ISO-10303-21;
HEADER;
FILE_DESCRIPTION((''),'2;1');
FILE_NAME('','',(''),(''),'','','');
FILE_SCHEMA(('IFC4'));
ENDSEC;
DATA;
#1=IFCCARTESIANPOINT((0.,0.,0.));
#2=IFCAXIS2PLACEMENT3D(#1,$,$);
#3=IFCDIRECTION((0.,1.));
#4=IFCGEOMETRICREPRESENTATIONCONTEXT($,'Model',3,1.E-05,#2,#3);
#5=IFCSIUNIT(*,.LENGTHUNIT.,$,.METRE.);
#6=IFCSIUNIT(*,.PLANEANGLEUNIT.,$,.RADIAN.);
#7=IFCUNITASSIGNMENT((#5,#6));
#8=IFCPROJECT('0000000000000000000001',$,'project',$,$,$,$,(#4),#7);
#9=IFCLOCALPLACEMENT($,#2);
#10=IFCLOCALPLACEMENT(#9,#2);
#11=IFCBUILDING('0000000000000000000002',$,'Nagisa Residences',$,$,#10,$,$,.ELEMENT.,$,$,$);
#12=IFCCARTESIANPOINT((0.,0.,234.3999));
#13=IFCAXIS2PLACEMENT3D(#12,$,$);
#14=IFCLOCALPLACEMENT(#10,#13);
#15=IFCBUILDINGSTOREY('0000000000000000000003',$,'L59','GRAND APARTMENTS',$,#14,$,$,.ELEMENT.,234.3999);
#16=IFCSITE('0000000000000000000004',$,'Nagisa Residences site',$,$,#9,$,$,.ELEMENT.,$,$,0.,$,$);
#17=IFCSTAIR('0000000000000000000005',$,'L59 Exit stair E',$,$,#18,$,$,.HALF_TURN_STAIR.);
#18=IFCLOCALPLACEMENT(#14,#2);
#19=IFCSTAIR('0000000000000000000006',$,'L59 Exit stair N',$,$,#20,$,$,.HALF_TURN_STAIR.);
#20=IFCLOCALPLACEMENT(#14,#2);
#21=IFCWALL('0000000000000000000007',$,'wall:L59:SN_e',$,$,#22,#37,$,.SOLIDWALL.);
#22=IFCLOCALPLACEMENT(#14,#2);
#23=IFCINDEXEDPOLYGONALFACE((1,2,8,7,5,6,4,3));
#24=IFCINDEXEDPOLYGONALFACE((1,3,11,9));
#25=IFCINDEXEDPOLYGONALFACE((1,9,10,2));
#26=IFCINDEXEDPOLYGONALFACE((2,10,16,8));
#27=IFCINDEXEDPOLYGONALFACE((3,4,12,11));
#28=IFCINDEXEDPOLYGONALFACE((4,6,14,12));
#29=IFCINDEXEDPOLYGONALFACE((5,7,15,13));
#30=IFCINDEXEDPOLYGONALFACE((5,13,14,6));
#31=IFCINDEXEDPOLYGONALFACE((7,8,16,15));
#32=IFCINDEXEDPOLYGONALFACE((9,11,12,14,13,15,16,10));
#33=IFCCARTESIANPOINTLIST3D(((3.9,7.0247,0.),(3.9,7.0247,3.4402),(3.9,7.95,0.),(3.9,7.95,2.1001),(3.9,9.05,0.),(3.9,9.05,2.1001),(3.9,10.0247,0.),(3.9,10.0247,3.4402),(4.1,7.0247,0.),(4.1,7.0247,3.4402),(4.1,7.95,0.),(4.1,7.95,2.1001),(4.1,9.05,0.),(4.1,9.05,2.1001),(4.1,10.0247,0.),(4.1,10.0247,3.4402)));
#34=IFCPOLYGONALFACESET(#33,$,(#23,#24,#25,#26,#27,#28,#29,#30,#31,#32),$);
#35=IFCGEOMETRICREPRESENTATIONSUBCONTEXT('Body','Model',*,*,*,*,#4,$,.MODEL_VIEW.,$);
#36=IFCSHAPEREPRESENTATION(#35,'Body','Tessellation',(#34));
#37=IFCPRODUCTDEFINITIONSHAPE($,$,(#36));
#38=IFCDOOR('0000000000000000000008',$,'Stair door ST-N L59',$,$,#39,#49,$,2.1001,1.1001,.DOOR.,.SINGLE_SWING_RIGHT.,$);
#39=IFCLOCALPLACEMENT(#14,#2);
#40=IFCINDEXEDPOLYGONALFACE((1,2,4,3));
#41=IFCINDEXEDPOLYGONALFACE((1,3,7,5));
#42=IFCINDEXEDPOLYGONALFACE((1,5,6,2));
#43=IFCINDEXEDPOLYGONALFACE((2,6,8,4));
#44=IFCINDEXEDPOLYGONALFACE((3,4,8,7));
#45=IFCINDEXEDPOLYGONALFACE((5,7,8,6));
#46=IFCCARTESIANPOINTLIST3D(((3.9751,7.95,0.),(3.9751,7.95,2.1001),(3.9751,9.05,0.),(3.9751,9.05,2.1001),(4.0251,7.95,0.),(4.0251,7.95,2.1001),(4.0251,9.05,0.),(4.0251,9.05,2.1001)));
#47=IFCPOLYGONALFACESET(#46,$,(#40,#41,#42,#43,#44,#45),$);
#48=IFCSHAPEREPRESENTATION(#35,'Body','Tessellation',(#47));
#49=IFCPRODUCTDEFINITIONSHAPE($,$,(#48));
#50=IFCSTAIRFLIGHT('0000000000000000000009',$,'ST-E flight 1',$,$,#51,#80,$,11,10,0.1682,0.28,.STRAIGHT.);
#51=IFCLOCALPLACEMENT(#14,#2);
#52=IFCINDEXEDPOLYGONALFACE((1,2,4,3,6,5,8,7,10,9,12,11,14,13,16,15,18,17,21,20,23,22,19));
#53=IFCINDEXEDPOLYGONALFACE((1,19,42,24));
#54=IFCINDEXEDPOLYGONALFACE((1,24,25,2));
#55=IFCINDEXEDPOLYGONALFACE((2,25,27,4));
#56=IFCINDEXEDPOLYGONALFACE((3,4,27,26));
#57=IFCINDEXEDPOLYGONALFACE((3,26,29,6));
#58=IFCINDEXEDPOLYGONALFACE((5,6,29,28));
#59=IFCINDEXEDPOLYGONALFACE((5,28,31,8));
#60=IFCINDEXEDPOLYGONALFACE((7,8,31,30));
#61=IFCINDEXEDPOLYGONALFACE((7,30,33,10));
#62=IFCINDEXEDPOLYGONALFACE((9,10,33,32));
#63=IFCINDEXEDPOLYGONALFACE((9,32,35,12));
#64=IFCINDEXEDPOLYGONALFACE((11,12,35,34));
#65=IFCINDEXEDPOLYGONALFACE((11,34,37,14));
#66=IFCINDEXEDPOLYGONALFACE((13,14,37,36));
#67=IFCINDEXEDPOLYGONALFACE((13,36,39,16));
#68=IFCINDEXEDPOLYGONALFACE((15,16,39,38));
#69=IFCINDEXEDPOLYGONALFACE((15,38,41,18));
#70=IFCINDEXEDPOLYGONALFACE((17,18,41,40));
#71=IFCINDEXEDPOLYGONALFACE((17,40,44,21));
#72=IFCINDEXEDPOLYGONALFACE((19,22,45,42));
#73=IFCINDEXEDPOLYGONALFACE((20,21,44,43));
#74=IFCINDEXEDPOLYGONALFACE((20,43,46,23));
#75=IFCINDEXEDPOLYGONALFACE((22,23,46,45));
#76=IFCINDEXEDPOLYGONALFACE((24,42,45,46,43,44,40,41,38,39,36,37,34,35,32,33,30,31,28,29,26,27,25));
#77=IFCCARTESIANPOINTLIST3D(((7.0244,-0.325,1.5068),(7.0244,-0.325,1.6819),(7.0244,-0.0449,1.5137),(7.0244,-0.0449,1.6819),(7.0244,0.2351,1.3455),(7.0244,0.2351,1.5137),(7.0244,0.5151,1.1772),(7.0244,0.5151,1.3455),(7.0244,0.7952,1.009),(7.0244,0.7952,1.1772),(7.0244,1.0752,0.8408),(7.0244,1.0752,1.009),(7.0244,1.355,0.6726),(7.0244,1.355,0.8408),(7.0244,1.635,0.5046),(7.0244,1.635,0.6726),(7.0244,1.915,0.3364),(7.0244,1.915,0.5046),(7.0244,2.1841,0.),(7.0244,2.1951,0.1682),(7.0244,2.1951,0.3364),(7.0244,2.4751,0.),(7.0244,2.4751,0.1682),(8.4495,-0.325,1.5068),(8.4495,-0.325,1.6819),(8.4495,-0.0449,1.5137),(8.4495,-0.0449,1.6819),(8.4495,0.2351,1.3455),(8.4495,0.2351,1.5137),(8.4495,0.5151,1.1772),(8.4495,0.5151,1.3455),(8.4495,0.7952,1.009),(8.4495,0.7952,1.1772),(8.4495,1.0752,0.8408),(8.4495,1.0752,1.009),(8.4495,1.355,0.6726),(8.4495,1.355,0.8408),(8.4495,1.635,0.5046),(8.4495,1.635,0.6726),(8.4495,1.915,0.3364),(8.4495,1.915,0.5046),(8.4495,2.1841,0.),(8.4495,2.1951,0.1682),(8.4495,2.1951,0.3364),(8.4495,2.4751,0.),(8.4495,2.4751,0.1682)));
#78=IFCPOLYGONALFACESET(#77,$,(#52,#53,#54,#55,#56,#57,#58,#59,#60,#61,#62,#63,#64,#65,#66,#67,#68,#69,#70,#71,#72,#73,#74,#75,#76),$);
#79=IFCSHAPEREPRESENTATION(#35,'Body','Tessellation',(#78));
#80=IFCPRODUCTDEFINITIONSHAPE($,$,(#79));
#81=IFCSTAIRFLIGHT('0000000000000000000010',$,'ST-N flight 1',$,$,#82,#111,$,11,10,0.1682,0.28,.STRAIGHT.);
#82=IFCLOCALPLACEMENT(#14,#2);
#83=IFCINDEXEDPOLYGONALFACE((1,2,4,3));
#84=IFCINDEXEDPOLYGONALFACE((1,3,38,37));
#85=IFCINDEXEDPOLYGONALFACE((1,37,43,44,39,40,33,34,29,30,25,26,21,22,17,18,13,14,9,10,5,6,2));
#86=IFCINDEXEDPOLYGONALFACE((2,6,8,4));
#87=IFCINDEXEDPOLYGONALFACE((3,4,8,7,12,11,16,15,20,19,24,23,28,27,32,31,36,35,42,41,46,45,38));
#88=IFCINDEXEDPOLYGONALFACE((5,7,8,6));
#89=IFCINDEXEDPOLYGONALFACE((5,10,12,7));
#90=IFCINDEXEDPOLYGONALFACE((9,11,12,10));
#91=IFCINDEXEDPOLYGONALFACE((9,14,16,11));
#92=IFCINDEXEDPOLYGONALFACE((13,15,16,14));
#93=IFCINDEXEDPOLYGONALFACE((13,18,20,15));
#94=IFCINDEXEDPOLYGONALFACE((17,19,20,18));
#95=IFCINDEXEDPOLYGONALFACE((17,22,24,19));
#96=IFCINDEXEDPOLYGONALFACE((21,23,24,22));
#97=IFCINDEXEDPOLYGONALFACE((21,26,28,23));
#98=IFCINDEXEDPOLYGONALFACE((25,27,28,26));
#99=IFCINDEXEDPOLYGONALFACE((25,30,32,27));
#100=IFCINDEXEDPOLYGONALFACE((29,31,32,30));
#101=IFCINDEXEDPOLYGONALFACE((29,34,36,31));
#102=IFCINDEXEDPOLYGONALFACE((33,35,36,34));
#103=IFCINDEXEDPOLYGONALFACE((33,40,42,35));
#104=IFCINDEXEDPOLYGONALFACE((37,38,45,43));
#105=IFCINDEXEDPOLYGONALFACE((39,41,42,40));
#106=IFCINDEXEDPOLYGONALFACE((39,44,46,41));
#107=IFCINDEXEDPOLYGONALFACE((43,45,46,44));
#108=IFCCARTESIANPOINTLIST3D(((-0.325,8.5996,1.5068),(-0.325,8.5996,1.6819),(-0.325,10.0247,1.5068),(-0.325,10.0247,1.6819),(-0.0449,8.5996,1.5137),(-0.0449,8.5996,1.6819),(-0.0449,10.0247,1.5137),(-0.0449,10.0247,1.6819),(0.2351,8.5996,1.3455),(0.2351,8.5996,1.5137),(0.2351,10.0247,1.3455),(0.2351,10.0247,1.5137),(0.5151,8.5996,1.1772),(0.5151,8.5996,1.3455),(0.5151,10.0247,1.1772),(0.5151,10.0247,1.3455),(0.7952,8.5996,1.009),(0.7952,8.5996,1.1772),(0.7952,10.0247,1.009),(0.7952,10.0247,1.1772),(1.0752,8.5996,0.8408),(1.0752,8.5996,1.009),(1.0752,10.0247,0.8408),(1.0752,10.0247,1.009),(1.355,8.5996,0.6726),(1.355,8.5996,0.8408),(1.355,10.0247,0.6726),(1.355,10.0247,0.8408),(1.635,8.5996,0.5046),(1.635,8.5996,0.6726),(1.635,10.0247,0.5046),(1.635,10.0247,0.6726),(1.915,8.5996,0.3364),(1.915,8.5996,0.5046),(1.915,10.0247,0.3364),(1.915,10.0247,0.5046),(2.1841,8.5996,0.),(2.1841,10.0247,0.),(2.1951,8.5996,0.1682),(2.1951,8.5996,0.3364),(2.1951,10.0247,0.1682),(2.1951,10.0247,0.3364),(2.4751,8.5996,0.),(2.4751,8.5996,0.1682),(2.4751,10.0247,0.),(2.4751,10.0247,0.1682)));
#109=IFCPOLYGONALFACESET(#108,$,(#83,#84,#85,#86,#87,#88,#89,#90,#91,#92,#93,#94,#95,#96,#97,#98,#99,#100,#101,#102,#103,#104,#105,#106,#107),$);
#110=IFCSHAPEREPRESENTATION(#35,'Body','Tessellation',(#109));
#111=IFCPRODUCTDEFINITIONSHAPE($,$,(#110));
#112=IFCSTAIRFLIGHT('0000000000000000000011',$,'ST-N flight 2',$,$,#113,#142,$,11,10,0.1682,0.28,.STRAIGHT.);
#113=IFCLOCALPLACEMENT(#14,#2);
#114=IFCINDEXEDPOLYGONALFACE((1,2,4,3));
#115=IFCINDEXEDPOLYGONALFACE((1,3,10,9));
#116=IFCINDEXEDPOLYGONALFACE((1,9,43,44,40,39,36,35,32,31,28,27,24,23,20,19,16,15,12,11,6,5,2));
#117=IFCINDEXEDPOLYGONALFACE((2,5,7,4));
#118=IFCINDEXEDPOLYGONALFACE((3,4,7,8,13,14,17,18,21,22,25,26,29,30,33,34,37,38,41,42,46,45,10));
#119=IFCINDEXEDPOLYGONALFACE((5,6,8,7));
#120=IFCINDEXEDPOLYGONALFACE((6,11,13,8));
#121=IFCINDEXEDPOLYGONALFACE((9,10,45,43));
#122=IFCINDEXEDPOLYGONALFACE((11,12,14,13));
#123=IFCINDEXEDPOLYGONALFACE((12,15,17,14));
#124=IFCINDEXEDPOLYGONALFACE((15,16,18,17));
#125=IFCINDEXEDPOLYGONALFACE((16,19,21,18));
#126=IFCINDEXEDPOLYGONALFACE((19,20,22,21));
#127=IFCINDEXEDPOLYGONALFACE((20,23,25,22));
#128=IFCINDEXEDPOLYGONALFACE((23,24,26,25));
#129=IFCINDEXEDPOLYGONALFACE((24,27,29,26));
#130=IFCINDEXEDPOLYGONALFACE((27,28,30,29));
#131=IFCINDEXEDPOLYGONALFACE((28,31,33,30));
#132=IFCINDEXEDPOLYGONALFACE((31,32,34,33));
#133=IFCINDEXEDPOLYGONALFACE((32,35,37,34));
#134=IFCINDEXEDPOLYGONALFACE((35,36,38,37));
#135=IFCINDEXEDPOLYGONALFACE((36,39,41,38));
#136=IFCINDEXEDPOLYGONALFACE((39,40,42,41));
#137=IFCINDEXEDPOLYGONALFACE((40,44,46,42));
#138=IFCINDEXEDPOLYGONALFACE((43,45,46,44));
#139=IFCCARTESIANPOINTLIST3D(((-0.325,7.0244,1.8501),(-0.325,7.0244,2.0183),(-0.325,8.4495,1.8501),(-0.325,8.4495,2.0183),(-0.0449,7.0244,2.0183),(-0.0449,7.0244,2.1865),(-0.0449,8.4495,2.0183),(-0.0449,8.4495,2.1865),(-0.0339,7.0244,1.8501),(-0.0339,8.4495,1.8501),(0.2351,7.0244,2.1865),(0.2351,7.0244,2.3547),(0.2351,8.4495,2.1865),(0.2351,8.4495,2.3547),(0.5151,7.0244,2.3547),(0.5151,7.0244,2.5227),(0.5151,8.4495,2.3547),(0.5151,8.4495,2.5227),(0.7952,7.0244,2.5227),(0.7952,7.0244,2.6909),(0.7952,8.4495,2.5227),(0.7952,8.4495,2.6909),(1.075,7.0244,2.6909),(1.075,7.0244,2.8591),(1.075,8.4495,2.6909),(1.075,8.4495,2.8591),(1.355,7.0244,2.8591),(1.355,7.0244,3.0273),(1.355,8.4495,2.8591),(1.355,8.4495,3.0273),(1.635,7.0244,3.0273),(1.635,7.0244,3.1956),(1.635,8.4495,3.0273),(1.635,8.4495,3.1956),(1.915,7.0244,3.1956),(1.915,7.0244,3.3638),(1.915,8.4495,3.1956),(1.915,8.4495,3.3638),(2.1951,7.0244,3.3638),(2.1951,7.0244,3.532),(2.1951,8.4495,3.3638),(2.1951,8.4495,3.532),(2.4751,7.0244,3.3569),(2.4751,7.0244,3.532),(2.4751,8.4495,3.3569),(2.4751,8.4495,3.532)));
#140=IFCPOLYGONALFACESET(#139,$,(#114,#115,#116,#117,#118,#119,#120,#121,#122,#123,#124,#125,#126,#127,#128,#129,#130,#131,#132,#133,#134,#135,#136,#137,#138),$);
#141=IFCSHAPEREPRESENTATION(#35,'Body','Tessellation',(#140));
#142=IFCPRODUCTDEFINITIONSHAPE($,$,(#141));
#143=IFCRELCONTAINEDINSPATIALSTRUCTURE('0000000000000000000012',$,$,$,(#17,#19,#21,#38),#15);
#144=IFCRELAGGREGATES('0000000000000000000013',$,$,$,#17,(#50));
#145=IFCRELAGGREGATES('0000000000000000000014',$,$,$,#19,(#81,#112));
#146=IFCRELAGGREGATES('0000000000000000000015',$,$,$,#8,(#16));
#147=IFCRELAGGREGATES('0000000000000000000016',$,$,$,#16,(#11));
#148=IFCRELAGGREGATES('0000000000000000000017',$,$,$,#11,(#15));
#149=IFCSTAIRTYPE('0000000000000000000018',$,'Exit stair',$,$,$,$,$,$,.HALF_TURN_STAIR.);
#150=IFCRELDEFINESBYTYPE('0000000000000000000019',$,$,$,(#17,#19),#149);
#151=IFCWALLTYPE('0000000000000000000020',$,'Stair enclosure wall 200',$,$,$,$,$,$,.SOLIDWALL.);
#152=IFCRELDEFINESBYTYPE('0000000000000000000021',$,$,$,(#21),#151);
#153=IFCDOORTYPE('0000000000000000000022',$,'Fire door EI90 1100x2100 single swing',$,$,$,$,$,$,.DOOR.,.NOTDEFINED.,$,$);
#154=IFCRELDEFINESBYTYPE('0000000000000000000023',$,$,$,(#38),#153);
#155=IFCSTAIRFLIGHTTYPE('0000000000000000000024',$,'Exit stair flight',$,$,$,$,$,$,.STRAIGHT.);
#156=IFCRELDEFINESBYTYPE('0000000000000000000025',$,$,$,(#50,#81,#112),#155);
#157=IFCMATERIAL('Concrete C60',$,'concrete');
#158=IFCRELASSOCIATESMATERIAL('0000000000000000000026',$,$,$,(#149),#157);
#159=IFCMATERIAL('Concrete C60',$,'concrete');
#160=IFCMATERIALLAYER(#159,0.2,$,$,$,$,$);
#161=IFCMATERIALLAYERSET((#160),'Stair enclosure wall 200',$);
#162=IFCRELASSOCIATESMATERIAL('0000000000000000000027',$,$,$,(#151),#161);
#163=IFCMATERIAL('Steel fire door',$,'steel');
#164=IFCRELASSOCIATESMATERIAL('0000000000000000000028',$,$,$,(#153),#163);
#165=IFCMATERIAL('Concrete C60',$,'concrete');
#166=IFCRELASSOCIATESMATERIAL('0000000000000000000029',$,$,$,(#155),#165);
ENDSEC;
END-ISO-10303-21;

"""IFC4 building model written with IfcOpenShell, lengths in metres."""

from ifc_helpers import new_model, si_unit, direction, frame, frame_2d, origin, place, context, subcontext, project, spatial, polyline, rectangle, outline, extrude, material, layer, layer_set, type_object, element, fill, aggregate, save


model = new_model("IFC4")

# Units and contexts
model_context = context("Model", 3, precision=1e-05, world=origin(), true_north=direction((0.0, 1.0)))
body_context = subcontext(model_context, "Body", "Model", "MODEL_VIEW")
ifc_project = project(units=[si_unit("LENGTHUNIT", "METRE"), si_unit("PLANEANGLEUNIT", "RADIAN")], contexts=[model_context])

# Site, building, storey
site_placement = place(None, origin())
site = spatial("IfcSite", under=ifc_project, at=site_placement, Name="Nagisa Residences site", CompositionType="ELEMENT", RefElevation=0.0)
building_placement = place(site_placement, origin())
building = spatial("IfcBuilding", under=site, at=building_placement, Name="Nagisa Residences", CompositionType="ELEMENT")
storey_placement = place(building_placement, frame((0.0, 0.0, 234.3999)))
storey = spatial("IfcBuildingStorey", under=building, at=storey_placement, Name="L59", Description="GRAND APARTMENTS", CompositionType="ELEMENT", Elevation=234.3999)

# Stairs
ifc_material_1 = material(Name="Concrete C60", Category="concrete")
stair_type = type_object("IfcStairType", Name="Exit stair", PredefinedType="HALF_TURN_STAIR", material=ifc_material_1)
stair_1_placement = place(storey_placement, origin())
stair_1 = element("IfcStair", 1, at=stair_1_placement, inside=storey, type_object=stair_type, Name="L59 Exit stair E", PredefinedType="HALF_TURN_STAIR")
stair_2_placement = place(storey_placement, origin())
stair_2 = element("IfcStair", 2, at=stair_2_placement, inside=storey, type_object=stair_type, Name="L59 Exit stair N", PredefinedType="HALF_TURN_STAIR")

# Wall, opening, door
ifc_material_2 = material(Name="Concrete C60", Category="concrete")
ifc_layer_1 = layer(ifc_material_2, 0.2)
ifc_layer_set_1 = layer_set([ifc_layer_1], Name="Stair enclosure wall 200")
wall_type_1 = type_object("IfcWallType", Name="Stair enclosure wall 200", PredefinedType="SOLIDWALL", material=ifc_layer_set_1)
ifc_material_3 = material(Name="Steel fire door", Category="steel")
door_type_1 = type_object("IfcDoorType", Name="Fire door EI90 1100x2100 single swing", OperationType="NOTDEFINED", PredefinedType="DOOR", material=ifc_material_3)
wall_1_placement = place(storey_placement, frame((4.0, 7.0247, 0.0), z_axis=(0.0, 0.0, 1.0), x_axis=(0.0, 1.0, 0.0)))
wall_1 = element("IfcWall", 3, at=wall_1_placement, inside=storey, type_object=wall_type_1, Name="wall:L59:SN_e", PredefinedType="SOLIDWALL", context=body_context, shape_type="SweptSolid", body=[
    extrude(rectangle(XDim=3.0, YDim=0.2, at=frame_2d((1.5, 0.0))), origin(), (0.0, 0.0, 1.0), 3.4402),
])
opening_1_placement = place(wall_1_placement, frame((0.9253, 0.0, 0.0)))
opening_1 = element("IfcOpeningElement", 4, at=opening_1_placement, cuts=wall_1, PredefinedType="OPENING", context=body_context, shape_type="SweptSolid", body=[
    extrude(rectangle(XDim=1.1001, YDim=2.1001, at=frame_2d((0.55, 1.05))), frame((0.0, 0.1099, 0.0), z_axis=(0.0, -1.0, 0.0), x_axis=(1.0, 0.0, 0.0)), (0.0, 0.0, 1.0), 0.22),
])
door_1_placement = place(opening_1_placement, origin())
door_1 = element("IfcDoor", 5, at=door_1_placement, inside=storey, type_object=door_type_1, Name="Stair door ST-N L59", OperationType="SINGLE_SWING_RIGHT", OverallHeight=2.1001, OverallWidth=1.1001, PredefinedType="DOOR", context=body_context, shape_type="SweptSolid", body=[
    extrude(rectangle(XDim=1.1001, YDim=2.1001, at=frame_2d((0.55, 1.05))), frame((0.0, 0.0249, 0.0), z_axis=(0.0, -1.0, 0.0), x_axis=(1.0, 0.0, 0.0)), (0.0, 0.0, 1.0), 0.05),
])
fill(opening_1, door_1)

# Stair flights
ifc_material_4 = material(Name="Concrete C60", Category="concrete")
stair_flight_type = type_object("IfcStairFlightType", Name="Exit stair flight", PredefinedType="STRAIGHT", material=ifc_material_4)
stair_flight_1_placement = place(storey_placement, frame((7.7371, 2.4751, 0.0), z_axis=(0.0, 0.0, 1.0), x_axis=(0.0, -1.0, 0.0)))
stair_flight_1 = element("IfcStairFlight", 6, at=stair_flight_1_placement, type_object=stair_flight_type, Name="ST-E flight 1", NumberOfRisers=11, NumberOfTreads=10, PredefinedType="STRAIGHT", RiserHeight=0.1682, TreadLength=0.28, context=body_context, shape_type="SweptSolid", body=[
    extrude(outline(polyline([(0.0, 0.0), (0.0, 0.1682), (0.28, 0.1682), (0.28, 0.3364), (0.5601, 0.3364), (0.5601, 0.5046), (0.8401, 0.5046), (0.8401, 0.6726), (1.1201, 0.6726), (1.1201, 0.8408), (1.3999, 0.8408), (1.3999, 1.009), (1.6799, 1.009), (1.6799, 1.1772), (1.96, 1.1772), (1.96, 1.3455), (2.24, 1.3455), (2.24, 1.5137), (2.52, 1.5137), (2.52, 1.6819), (2.8, 1.6819), (2.8, 1.8501), (2.8, 1.5068), (0.291, 0.0), (0.0, 0.0)])), frame((0.0, 0.7124, 0.0), z_axis=(0.0, -1.0, 0.0), x_axis=(1.0, 0.0, 0.0)), (0.0, 0.0, 1.0), 1.425),
])
aggregate(stair_1, [stair_flight_1])
stair_flight_2_placement = place(storey_placement, frame((2.4751, 9.312, 0.0), z_axis=(0.0, 0.0, 1.0), x_axis=(-1.0, 0.0, 0.0)))
stair_flight_2 = element("IfcStairFlight", 7, at=stair_flight_2_placement, type_object=stair_flight_type, Name="ST-N flight 1", NumberOfRisers=11, NumberOfTreads=10, PredefinedType="STRAIGHT", RiserHeight=0.1682, TreadLength=0.28, context=body_context, shape_type="SweptSolid", body=[
    extrude(outline(polyline([(0.0, 0.0), (0.0, 0.1682), (0.28, 0.1682), (0.28, 0.3364), (0.5601, 0.3364), (0.5601, 0.5046), (0.8401, 0.5046), (0.8401, 0.6726), (1.1201, 0.6726), (1.1201, 0.8408), (1.3999, 0.8408), (1.3999, 1.009), (1.6799, 1.009), (1.6799, 1.1772), (1.96, 1.1772), (1.96, 1.3455), (2.24, 1.3455), (2.24, 1.5137), (2.52, 1.5137), (2.52, 1.6819), (2.8, 1.6819), (2.8, 1.8501), (2.8, 1.5068), (0.291, 0.0), (0.0, 0.0)])), frame((0.0, 0.7124, 0.0), z_axis=(0.0, -1.0, 0.0), x_axis=(1.0, 0.0, 0.0)), (0.0, 0.0, 1.0), 1.425),
])
stair_flight_3_placement = place(storey_placement, frame((-0.325, 7.7371, 1.8501), z_axis=(0.0, 0.0, 1.0), x_axis=(1.0, 0.0, 0.0)))
stair_flight_3 = element("IfcStairFlight", 8, at=stair_flight_3_placement, type_object=stair_flight_type, Name="ST-N flight 2", NumberOfRisers=11, NumberOfTreads=10, PredefinedType="STRAIGHT", RiserHeight=0.1682, TreadLength=0.28, context=body_context, shape_type="SweptSolid", body=[
    extrude(outline(polyline([(0.0, 0.0), (0.0, 0.1682), (0.28, 0.1682), (0.28, 0.3364), (0.5601, 0.3364), (0.5601, 0.5046), (0.8401, 0.5046), (0.8401, 0.6726), (1.1201, 0.6726), (1.1201, 0.8408), (1.3999, 0.8408), (1.3999, 1.009), (1.6799, 1.009), (1.6799, 1.1772), (1.96, 1.1772), (1.96, 1.3455), (2.24, 1.3455), (2.24, 1.5137), (2.52, 1.5137), (2.52, 1.6819), (2.8, 1.6819), (2.8, 1.8501), (2.8, 1.5068), (0.291, 0.0), (0.0, 0.0)])), frame((0.0, 0.7124, 0.0), z_axis=(0.0, -1.0, 0.0), x_axis=(1.0, 0.0, 0.0)), (0.0, 0.0, 1.0), 1.425),
])
aggregate(stair_2, [stair_flight_2, stair_flight_3])

save(model, "model.ifc")
